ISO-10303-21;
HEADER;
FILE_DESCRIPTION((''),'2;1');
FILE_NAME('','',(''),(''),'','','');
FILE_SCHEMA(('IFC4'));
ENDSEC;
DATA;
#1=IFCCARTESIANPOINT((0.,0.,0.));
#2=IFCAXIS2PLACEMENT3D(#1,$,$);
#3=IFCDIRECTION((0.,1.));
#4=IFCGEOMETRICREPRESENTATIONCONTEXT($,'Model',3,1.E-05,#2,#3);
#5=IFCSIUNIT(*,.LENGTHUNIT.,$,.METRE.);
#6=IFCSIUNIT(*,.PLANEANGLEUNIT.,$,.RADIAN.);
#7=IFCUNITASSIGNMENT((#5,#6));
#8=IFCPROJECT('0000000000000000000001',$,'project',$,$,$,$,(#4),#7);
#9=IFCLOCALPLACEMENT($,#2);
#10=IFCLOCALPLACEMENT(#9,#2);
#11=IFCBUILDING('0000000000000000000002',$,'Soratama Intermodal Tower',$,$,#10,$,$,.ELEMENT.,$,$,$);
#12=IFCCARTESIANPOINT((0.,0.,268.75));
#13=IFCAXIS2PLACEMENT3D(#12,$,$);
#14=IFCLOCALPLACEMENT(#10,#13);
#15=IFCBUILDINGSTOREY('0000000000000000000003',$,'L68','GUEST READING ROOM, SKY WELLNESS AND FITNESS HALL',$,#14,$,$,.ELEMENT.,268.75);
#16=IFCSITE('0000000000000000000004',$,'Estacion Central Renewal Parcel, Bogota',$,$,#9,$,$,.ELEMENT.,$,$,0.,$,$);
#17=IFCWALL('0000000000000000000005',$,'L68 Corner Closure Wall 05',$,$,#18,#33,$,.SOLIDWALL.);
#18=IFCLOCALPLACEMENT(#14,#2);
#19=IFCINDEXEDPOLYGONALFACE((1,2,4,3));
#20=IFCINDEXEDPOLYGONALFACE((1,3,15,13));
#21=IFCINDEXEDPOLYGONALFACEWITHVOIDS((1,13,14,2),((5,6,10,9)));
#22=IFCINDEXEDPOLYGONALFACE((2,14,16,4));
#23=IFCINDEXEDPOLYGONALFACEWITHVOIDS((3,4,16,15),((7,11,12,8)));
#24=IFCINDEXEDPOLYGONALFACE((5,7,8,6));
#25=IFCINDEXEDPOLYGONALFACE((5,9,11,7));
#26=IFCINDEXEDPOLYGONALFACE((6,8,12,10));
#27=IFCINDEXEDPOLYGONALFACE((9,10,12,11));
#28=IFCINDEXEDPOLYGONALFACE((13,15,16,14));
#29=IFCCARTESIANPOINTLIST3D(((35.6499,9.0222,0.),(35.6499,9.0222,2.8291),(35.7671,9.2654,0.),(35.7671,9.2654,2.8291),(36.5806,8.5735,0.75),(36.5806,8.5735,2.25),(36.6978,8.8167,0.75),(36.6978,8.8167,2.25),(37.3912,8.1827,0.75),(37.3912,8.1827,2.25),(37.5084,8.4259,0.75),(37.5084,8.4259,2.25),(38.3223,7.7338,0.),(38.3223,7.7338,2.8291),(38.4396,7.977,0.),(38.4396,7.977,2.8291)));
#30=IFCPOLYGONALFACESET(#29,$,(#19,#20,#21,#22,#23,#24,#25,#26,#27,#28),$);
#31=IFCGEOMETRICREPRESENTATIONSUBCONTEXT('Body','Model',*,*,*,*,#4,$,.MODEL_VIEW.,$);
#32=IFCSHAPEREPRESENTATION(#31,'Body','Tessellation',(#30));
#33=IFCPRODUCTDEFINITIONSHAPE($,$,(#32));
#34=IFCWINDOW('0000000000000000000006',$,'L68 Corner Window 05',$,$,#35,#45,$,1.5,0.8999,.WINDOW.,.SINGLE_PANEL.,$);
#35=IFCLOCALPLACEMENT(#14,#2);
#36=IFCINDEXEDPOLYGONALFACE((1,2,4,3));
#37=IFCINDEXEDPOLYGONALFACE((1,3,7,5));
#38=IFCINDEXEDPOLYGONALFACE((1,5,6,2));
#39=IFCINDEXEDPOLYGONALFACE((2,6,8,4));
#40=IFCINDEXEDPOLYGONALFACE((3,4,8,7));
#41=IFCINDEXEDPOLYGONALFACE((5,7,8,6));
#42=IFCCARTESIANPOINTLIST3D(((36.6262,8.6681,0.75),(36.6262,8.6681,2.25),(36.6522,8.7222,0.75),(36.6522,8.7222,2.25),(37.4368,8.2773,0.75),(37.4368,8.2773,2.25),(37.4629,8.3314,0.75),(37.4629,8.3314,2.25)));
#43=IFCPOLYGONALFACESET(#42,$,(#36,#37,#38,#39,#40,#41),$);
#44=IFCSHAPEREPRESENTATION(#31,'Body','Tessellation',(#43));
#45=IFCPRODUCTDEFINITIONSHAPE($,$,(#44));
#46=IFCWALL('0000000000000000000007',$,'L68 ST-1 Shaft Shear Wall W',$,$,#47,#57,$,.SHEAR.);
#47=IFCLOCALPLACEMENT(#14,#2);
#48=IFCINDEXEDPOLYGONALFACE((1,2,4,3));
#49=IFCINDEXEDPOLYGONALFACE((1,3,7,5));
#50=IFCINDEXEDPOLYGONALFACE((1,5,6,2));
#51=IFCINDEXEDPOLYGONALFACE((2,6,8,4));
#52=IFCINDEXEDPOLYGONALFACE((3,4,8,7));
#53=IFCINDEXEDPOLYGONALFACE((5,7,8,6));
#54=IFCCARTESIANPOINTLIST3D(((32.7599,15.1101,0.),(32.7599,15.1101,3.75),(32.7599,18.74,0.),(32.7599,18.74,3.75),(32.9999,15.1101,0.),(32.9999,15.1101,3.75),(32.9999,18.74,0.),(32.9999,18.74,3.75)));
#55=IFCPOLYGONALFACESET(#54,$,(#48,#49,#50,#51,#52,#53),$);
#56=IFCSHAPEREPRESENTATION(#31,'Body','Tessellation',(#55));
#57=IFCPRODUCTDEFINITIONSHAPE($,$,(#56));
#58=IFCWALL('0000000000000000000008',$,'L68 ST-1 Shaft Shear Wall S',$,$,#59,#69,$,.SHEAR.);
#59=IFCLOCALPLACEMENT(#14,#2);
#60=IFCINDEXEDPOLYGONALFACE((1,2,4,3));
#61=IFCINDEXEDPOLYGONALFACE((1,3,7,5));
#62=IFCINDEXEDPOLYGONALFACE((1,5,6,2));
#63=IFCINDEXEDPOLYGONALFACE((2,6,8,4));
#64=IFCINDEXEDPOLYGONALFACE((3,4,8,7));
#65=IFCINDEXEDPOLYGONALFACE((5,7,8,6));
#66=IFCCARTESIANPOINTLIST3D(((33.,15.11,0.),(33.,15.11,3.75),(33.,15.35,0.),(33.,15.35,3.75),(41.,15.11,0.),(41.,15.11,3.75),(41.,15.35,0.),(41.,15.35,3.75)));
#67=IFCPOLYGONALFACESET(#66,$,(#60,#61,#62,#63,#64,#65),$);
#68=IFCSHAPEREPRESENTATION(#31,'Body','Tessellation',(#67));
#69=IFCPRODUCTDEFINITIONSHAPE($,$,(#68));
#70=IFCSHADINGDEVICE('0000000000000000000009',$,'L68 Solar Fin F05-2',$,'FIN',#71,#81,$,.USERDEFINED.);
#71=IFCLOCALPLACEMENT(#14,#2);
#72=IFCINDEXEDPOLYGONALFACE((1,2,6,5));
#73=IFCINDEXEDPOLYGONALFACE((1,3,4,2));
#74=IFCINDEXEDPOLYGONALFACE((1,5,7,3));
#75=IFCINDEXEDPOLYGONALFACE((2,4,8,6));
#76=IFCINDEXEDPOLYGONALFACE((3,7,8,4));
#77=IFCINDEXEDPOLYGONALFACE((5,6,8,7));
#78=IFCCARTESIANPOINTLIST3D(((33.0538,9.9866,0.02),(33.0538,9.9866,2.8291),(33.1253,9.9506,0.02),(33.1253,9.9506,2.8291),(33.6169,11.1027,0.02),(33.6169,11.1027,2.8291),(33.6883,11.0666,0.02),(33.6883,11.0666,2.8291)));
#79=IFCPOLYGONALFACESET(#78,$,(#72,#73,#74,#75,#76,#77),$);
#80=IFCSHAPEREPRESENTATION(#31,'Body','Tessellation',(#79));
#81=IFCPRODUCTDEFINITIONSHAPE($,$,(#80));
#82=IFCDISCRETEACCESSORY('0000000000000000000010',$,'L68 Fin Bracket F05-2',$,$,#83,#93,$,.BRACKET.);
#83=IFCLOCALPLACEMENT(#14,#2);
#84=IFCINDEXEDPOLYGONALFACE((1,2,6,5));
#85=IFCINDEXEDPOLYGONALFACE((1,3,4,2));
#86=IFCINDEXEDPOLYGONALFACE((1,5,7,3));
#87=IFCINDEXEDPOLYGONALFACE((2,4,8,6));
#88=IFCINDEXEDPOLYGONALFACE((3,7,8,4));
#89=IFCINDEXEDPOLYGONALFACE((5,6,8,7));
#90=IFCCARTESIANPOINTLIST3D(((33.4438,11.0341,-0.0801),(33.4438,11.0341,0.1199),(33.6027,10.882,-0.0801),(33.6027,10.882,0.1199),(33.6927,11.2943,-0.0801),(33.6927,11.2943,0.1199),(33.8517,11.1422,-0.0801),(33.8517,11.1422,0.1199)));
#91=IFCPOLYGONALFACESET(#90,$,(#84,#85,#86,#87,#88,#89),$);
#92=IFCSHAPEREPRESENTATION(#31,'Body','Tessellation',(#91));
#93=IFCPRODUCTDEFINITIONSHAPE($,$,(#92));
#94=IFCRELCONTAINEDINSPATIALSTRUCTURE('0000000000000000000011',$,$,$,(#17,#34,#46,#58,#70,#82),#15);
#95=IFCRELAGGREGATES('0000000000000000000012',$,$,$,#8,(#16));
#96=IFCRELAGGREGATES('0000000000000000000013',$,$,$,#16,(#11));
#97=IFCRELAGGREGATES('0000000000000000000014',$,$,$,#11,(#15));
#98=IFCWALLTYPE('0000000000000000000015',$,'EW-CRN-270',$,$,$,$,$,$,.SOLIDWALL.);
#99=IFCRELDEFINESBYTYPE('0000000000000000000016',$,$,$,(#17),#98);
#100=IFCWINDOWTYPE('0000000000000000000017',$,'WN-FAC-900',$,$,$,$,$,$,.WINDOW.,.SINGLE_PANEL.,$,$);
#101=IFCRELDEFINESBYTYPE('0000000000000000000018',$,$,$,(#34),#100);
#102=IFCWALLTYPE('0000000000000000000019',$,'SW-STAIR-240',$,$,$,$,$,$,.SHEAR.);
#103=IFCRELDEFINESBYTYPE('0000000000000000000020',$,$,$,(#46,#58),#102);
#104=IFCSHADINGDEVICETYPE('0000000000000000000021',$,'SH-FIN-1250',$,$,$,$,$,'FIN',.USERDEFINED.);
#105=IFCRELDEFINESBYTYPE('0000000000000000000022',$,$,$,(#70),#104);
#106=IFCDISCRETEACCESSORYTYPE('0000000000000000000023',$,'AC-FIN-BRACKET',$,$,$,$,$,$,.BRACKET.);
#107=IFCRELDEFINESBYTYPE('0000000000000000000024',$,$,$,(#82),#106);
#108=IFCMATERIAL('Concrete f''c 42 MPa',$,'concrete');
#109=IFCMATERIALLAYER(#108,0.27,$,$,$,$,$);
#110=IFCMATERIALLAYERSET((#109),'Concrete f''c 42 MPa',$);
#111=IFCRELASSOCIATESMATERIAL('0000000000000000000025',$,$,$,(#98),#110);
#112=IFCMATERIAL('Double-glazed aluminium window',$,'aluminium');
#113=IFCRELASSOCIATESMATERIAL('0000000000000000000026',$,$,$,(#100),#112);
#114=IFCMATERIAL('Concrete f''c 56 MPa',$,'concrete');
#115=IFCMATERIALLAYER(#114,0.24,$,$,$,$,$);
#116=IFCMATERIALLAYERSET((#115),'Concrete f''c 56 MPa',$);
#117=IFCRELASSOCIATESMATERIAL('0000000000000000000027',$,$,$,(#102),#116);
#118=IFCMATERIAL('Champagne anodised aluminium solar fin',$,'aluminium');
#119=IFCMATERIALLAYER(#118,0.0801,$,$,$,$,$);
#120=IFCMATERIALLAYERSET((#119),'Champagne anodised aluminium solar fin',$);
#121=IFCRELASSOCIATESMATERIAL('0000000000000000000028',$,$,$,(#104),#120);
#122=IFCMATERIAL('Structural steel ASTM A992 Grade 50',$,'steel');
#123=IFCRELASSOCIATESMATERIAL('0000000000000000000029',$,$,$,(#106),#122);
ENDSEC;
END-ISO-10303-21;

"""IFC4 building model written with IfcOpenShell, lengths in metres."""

from ifc_helpers import new_model, si_unit, direction, frame, frame_2d, origin, origin_2d, place, context, subcontext, project, spatial, rectangle, extrude, material, layer, layer_set, type_object, element, fill, save


model = new_model("IFC4")

# Units and contexts
model_context = context("Model", 3, precision=1e-05, world=origin(), true_north=direction((0.0, 1.0)))
body_context = subcontext(model_context, "Body", "Model", "MODEL_VIEW")
ifc_project = project(units=[si_unit("LENGTHUNIT", "METRE"), si_unit("PLANEANGLEUNIT", "RADIAN")], contexts=[model_context])

# Site, building, storey
site_placement = place(None, origin())
site = spatial("IfcSite", under=ifc_project, at=site_placement, Name="Estacion Central Renewal Parcel, Bogota", CompositionType="ELEMENT", RefElevation=0.0)
building_placement = place(site_placement, origin())
building = spatial("IfcBuilding", under=site, at=building_placement, Name="Soratama Intermodal Tower", CompositionType="ELEMENT")
storey_placement = place(building_placement, frame((0.0, 0.0, 268.75)))
storey = spatial("IfcBuildingStorey", under=building, at=storey_placement, Name="L68", Description="GUEST READING ROOM, SKY WELLNESS AND FITNESS HALL", CompositionType="ELEMENT", Elevation=268.75)

# Wall, opening, window
ifc_material_1 = material(Name="Concrete f'c 42 MPa", Category="concrete")
ifc_layer_1 = layer(ifc_material_1, 0.27)
ifc_layer_set_1 = layer_set([ifc_layer_1], Name="Concrete f'c 42 MPa")
wall_type_1 = type_object("IfcWallType", Name="EW-CRN-270", PredefinedType="SOLIDWALL", material=ifc_layer_set_1)
wall_1_placement = place(storey_placement, frame((35.7085, 9.1438, 0.0), z_axis=(0.0, 0.0, 1.0), x_axis=(0.900786, -0.434263, 0.0)))
wall_1 = element("IfcWall", 1, at=wall_1_placement, inside=storey, type_object=wall_type_1, Name="L68 Corner Closure Wall 05", PredefinedType="SOLIDWALL", context=body_context, shape_type="SweptSolid", body=[
    extrude(rectangle(XDim=2.9668, YDim=0.27, at=frame_2d((1.4834, 0.0))), origin(), (0.0, 0.0, 1.0), 2.8291),
])
opening_1_placement = place(wall_1_placement, frame((1.0332, 0.0, 0.75)))
opening_1 = element("IfcOpeningElement", 2, at=opening_1_placement, cuts=wall_1, PredefinedType="OPENING", context=body_context, shape_type="SweptSolid", body=[
    extrude(rectangle(XDim=0.8999, YDim=1.5, at=frame_2d((0.45, 0.75))), frame((0.0, 0.145, 0.0), z_axis=(0.0, -1.0, 0.0), x_axis=(1.0, 0.0, 0.0)), (0.0, 0.0, 1.0), 0.29),
])
ifc_material_2 = material(Name="Double-glazed aluminium window", Category="aluminium")
window_type_1 = type_object("IfcWindowType", Name="WN-FAC-900", PartitioningType="SINGLE_PANEL", PredefinedType="WINDOW", material=ifc_material_2)
window_1_placement = place(opening_1_placement, origin())
window_1 = element("IfcWindow", 3, at=window_1_placement, inside=storey, type_object=window_type_1, Name="L68 Corner Window 05", OverallHeight=1.5, OverallWidth=0.8999, PartitioningType="SINGLE_PANEL", PredefinedType="WINDOW", context=body_context, shape_type="SweptSolid", body=[
    extrude(rectangle(XDim=0.8999, YDim=1.5, at=frame_2d((0.45, 0.75))), frame((0.0, 0.03, 0.0), z_axis=(0.0, -1.0, 0.0), x_axis=(1.0, 0.0, 0.0)), (0.0, 0.0, 1.0), 0.0601),
])
fill(opening_1, window_1)

# Wall
ifc_material_3 = material(Name="Concrete f'c 56 MPa", Category="concrete")
ifc_layer_2 = layer(ifc_material_3, 0.24)
ifc_layer_set_2 = layer_set([ifc_layer_2], Name="Concrete f'c 56 MPa")
wall_type_2 = type_object("IfcWallType", Name="SW-STAIR-240", PredefinedType="SHEAR", material=ifc_layer_set_2)
wall_2_placement = place(storey_placement, frame((32.8799, 15.1101, 0.0), z_axis=(0.0, 0.0, 1.0), x_axis=(0.0, 1.0, 0.0)))
element("IfcWall", 4, at=wall_2_placement, inside=storey, type_object=wall_type_2, Name="L68 ST-1 Shaft Shear Wall W", PredefinedType="SHEAR", context=body_context, shape_type="SweptSolid", body=[
    extrude(rectangle(XDim=3.6299, YDim=0.24, at=frame_2d((1.8149, 0.0))), origin(), (0.0, 0.0, 1.0), 3.75),
])

# Wall
wall_3_placement = place(storey_placement, frame((33.0, 15.23, 0.0), z_axis=(0.0, 0.0, 1.0), x_axis=(1.0, 0.0, 0.0)))
element("IfcWall", 5, at=wall_3_placement, inside=storey, type_object=wall_type_2, Name="L68 ST-1 Shaft Shear Wall S", PredefinedType="SHEAR", context=body_context, shape_type="SweptSolid", body=[
    extrude(rectangle(XDim=8.0, YDim=0.24, at=frame_2d((4.0, 0.0))), origin(), (0.0, 0.0, 1.0), 3.75),
])

# Shading device
ifc_material_4 = material(Name="Champagne anodised aluminium solar fin", Category="aluminium")
ifc_layer_3 = layer(ifc_material_4, 0.0801)
ifc_layer_set_3 = layer_set([ifc_layer_3], Name="Champagne anodised aluminium solar fin")
shading_device_type = type_object("IfcShadingDeviceType", Name="SH-FIN-1250", ElementType="FIN", PredefinedType="USERDEFINED", material=ifc_layer_set_3)
shading_device_placement = place(storey_placement, frame((33.3711, 10.5266, 0.02), z_axis=(0.0, 0.0, 1.0), x_axis=(-0.45041, -0.892822, 0.0)))
element("IfcShadingDevice", 6, at=shading_device_placement, inside=storey, type_object=shading_device_type, Name="L68 Solar Fin F05-2", ObjectType="FIN", PredefinedType="USERDEFINED", context=body_context, shape_type="SweptSolid", body=[
    extrude(rectangle(XDim=1.25, YDim=0.0801, at=origin_2d()), origin(), (0.0, 0.0, 1.0), 2.8091),
])

# Discrete accessory
ifc_material_5 = material(Name="Structural steel ASTM A992 Grade 50", Category="steel")
discrete_accessory_type = type_object("IfcDiscreteAccessoryType", Name="AC-FIN-BRACKET", PredefinedType="BRACKET", material=ifc_material_5)
discrete_accessory_placement = place(storey_placement, frame((33.6477, 11.0881, -0.0801), z_axis=(0.0, 0.0, 1.0), x_axis=(-0.691387, -0.722485, 0.0)))
element("IfcDiscreteAccessory", 7, at=discrete_accessory_placement, inside=storey, type_object=discrete_accessory_type, Name="L68 Fin Bracket F05-2", PredefinedType="BRACKET", context=body_context, shape_type="SweptSolid", body=[
    extrude(rectangle(XDim=0.3601, YDim=0.22, at=origin_2d()), origin(), (0.0, 0.0, 1.0), 0.2),
])

save(model, "model.ifc")
